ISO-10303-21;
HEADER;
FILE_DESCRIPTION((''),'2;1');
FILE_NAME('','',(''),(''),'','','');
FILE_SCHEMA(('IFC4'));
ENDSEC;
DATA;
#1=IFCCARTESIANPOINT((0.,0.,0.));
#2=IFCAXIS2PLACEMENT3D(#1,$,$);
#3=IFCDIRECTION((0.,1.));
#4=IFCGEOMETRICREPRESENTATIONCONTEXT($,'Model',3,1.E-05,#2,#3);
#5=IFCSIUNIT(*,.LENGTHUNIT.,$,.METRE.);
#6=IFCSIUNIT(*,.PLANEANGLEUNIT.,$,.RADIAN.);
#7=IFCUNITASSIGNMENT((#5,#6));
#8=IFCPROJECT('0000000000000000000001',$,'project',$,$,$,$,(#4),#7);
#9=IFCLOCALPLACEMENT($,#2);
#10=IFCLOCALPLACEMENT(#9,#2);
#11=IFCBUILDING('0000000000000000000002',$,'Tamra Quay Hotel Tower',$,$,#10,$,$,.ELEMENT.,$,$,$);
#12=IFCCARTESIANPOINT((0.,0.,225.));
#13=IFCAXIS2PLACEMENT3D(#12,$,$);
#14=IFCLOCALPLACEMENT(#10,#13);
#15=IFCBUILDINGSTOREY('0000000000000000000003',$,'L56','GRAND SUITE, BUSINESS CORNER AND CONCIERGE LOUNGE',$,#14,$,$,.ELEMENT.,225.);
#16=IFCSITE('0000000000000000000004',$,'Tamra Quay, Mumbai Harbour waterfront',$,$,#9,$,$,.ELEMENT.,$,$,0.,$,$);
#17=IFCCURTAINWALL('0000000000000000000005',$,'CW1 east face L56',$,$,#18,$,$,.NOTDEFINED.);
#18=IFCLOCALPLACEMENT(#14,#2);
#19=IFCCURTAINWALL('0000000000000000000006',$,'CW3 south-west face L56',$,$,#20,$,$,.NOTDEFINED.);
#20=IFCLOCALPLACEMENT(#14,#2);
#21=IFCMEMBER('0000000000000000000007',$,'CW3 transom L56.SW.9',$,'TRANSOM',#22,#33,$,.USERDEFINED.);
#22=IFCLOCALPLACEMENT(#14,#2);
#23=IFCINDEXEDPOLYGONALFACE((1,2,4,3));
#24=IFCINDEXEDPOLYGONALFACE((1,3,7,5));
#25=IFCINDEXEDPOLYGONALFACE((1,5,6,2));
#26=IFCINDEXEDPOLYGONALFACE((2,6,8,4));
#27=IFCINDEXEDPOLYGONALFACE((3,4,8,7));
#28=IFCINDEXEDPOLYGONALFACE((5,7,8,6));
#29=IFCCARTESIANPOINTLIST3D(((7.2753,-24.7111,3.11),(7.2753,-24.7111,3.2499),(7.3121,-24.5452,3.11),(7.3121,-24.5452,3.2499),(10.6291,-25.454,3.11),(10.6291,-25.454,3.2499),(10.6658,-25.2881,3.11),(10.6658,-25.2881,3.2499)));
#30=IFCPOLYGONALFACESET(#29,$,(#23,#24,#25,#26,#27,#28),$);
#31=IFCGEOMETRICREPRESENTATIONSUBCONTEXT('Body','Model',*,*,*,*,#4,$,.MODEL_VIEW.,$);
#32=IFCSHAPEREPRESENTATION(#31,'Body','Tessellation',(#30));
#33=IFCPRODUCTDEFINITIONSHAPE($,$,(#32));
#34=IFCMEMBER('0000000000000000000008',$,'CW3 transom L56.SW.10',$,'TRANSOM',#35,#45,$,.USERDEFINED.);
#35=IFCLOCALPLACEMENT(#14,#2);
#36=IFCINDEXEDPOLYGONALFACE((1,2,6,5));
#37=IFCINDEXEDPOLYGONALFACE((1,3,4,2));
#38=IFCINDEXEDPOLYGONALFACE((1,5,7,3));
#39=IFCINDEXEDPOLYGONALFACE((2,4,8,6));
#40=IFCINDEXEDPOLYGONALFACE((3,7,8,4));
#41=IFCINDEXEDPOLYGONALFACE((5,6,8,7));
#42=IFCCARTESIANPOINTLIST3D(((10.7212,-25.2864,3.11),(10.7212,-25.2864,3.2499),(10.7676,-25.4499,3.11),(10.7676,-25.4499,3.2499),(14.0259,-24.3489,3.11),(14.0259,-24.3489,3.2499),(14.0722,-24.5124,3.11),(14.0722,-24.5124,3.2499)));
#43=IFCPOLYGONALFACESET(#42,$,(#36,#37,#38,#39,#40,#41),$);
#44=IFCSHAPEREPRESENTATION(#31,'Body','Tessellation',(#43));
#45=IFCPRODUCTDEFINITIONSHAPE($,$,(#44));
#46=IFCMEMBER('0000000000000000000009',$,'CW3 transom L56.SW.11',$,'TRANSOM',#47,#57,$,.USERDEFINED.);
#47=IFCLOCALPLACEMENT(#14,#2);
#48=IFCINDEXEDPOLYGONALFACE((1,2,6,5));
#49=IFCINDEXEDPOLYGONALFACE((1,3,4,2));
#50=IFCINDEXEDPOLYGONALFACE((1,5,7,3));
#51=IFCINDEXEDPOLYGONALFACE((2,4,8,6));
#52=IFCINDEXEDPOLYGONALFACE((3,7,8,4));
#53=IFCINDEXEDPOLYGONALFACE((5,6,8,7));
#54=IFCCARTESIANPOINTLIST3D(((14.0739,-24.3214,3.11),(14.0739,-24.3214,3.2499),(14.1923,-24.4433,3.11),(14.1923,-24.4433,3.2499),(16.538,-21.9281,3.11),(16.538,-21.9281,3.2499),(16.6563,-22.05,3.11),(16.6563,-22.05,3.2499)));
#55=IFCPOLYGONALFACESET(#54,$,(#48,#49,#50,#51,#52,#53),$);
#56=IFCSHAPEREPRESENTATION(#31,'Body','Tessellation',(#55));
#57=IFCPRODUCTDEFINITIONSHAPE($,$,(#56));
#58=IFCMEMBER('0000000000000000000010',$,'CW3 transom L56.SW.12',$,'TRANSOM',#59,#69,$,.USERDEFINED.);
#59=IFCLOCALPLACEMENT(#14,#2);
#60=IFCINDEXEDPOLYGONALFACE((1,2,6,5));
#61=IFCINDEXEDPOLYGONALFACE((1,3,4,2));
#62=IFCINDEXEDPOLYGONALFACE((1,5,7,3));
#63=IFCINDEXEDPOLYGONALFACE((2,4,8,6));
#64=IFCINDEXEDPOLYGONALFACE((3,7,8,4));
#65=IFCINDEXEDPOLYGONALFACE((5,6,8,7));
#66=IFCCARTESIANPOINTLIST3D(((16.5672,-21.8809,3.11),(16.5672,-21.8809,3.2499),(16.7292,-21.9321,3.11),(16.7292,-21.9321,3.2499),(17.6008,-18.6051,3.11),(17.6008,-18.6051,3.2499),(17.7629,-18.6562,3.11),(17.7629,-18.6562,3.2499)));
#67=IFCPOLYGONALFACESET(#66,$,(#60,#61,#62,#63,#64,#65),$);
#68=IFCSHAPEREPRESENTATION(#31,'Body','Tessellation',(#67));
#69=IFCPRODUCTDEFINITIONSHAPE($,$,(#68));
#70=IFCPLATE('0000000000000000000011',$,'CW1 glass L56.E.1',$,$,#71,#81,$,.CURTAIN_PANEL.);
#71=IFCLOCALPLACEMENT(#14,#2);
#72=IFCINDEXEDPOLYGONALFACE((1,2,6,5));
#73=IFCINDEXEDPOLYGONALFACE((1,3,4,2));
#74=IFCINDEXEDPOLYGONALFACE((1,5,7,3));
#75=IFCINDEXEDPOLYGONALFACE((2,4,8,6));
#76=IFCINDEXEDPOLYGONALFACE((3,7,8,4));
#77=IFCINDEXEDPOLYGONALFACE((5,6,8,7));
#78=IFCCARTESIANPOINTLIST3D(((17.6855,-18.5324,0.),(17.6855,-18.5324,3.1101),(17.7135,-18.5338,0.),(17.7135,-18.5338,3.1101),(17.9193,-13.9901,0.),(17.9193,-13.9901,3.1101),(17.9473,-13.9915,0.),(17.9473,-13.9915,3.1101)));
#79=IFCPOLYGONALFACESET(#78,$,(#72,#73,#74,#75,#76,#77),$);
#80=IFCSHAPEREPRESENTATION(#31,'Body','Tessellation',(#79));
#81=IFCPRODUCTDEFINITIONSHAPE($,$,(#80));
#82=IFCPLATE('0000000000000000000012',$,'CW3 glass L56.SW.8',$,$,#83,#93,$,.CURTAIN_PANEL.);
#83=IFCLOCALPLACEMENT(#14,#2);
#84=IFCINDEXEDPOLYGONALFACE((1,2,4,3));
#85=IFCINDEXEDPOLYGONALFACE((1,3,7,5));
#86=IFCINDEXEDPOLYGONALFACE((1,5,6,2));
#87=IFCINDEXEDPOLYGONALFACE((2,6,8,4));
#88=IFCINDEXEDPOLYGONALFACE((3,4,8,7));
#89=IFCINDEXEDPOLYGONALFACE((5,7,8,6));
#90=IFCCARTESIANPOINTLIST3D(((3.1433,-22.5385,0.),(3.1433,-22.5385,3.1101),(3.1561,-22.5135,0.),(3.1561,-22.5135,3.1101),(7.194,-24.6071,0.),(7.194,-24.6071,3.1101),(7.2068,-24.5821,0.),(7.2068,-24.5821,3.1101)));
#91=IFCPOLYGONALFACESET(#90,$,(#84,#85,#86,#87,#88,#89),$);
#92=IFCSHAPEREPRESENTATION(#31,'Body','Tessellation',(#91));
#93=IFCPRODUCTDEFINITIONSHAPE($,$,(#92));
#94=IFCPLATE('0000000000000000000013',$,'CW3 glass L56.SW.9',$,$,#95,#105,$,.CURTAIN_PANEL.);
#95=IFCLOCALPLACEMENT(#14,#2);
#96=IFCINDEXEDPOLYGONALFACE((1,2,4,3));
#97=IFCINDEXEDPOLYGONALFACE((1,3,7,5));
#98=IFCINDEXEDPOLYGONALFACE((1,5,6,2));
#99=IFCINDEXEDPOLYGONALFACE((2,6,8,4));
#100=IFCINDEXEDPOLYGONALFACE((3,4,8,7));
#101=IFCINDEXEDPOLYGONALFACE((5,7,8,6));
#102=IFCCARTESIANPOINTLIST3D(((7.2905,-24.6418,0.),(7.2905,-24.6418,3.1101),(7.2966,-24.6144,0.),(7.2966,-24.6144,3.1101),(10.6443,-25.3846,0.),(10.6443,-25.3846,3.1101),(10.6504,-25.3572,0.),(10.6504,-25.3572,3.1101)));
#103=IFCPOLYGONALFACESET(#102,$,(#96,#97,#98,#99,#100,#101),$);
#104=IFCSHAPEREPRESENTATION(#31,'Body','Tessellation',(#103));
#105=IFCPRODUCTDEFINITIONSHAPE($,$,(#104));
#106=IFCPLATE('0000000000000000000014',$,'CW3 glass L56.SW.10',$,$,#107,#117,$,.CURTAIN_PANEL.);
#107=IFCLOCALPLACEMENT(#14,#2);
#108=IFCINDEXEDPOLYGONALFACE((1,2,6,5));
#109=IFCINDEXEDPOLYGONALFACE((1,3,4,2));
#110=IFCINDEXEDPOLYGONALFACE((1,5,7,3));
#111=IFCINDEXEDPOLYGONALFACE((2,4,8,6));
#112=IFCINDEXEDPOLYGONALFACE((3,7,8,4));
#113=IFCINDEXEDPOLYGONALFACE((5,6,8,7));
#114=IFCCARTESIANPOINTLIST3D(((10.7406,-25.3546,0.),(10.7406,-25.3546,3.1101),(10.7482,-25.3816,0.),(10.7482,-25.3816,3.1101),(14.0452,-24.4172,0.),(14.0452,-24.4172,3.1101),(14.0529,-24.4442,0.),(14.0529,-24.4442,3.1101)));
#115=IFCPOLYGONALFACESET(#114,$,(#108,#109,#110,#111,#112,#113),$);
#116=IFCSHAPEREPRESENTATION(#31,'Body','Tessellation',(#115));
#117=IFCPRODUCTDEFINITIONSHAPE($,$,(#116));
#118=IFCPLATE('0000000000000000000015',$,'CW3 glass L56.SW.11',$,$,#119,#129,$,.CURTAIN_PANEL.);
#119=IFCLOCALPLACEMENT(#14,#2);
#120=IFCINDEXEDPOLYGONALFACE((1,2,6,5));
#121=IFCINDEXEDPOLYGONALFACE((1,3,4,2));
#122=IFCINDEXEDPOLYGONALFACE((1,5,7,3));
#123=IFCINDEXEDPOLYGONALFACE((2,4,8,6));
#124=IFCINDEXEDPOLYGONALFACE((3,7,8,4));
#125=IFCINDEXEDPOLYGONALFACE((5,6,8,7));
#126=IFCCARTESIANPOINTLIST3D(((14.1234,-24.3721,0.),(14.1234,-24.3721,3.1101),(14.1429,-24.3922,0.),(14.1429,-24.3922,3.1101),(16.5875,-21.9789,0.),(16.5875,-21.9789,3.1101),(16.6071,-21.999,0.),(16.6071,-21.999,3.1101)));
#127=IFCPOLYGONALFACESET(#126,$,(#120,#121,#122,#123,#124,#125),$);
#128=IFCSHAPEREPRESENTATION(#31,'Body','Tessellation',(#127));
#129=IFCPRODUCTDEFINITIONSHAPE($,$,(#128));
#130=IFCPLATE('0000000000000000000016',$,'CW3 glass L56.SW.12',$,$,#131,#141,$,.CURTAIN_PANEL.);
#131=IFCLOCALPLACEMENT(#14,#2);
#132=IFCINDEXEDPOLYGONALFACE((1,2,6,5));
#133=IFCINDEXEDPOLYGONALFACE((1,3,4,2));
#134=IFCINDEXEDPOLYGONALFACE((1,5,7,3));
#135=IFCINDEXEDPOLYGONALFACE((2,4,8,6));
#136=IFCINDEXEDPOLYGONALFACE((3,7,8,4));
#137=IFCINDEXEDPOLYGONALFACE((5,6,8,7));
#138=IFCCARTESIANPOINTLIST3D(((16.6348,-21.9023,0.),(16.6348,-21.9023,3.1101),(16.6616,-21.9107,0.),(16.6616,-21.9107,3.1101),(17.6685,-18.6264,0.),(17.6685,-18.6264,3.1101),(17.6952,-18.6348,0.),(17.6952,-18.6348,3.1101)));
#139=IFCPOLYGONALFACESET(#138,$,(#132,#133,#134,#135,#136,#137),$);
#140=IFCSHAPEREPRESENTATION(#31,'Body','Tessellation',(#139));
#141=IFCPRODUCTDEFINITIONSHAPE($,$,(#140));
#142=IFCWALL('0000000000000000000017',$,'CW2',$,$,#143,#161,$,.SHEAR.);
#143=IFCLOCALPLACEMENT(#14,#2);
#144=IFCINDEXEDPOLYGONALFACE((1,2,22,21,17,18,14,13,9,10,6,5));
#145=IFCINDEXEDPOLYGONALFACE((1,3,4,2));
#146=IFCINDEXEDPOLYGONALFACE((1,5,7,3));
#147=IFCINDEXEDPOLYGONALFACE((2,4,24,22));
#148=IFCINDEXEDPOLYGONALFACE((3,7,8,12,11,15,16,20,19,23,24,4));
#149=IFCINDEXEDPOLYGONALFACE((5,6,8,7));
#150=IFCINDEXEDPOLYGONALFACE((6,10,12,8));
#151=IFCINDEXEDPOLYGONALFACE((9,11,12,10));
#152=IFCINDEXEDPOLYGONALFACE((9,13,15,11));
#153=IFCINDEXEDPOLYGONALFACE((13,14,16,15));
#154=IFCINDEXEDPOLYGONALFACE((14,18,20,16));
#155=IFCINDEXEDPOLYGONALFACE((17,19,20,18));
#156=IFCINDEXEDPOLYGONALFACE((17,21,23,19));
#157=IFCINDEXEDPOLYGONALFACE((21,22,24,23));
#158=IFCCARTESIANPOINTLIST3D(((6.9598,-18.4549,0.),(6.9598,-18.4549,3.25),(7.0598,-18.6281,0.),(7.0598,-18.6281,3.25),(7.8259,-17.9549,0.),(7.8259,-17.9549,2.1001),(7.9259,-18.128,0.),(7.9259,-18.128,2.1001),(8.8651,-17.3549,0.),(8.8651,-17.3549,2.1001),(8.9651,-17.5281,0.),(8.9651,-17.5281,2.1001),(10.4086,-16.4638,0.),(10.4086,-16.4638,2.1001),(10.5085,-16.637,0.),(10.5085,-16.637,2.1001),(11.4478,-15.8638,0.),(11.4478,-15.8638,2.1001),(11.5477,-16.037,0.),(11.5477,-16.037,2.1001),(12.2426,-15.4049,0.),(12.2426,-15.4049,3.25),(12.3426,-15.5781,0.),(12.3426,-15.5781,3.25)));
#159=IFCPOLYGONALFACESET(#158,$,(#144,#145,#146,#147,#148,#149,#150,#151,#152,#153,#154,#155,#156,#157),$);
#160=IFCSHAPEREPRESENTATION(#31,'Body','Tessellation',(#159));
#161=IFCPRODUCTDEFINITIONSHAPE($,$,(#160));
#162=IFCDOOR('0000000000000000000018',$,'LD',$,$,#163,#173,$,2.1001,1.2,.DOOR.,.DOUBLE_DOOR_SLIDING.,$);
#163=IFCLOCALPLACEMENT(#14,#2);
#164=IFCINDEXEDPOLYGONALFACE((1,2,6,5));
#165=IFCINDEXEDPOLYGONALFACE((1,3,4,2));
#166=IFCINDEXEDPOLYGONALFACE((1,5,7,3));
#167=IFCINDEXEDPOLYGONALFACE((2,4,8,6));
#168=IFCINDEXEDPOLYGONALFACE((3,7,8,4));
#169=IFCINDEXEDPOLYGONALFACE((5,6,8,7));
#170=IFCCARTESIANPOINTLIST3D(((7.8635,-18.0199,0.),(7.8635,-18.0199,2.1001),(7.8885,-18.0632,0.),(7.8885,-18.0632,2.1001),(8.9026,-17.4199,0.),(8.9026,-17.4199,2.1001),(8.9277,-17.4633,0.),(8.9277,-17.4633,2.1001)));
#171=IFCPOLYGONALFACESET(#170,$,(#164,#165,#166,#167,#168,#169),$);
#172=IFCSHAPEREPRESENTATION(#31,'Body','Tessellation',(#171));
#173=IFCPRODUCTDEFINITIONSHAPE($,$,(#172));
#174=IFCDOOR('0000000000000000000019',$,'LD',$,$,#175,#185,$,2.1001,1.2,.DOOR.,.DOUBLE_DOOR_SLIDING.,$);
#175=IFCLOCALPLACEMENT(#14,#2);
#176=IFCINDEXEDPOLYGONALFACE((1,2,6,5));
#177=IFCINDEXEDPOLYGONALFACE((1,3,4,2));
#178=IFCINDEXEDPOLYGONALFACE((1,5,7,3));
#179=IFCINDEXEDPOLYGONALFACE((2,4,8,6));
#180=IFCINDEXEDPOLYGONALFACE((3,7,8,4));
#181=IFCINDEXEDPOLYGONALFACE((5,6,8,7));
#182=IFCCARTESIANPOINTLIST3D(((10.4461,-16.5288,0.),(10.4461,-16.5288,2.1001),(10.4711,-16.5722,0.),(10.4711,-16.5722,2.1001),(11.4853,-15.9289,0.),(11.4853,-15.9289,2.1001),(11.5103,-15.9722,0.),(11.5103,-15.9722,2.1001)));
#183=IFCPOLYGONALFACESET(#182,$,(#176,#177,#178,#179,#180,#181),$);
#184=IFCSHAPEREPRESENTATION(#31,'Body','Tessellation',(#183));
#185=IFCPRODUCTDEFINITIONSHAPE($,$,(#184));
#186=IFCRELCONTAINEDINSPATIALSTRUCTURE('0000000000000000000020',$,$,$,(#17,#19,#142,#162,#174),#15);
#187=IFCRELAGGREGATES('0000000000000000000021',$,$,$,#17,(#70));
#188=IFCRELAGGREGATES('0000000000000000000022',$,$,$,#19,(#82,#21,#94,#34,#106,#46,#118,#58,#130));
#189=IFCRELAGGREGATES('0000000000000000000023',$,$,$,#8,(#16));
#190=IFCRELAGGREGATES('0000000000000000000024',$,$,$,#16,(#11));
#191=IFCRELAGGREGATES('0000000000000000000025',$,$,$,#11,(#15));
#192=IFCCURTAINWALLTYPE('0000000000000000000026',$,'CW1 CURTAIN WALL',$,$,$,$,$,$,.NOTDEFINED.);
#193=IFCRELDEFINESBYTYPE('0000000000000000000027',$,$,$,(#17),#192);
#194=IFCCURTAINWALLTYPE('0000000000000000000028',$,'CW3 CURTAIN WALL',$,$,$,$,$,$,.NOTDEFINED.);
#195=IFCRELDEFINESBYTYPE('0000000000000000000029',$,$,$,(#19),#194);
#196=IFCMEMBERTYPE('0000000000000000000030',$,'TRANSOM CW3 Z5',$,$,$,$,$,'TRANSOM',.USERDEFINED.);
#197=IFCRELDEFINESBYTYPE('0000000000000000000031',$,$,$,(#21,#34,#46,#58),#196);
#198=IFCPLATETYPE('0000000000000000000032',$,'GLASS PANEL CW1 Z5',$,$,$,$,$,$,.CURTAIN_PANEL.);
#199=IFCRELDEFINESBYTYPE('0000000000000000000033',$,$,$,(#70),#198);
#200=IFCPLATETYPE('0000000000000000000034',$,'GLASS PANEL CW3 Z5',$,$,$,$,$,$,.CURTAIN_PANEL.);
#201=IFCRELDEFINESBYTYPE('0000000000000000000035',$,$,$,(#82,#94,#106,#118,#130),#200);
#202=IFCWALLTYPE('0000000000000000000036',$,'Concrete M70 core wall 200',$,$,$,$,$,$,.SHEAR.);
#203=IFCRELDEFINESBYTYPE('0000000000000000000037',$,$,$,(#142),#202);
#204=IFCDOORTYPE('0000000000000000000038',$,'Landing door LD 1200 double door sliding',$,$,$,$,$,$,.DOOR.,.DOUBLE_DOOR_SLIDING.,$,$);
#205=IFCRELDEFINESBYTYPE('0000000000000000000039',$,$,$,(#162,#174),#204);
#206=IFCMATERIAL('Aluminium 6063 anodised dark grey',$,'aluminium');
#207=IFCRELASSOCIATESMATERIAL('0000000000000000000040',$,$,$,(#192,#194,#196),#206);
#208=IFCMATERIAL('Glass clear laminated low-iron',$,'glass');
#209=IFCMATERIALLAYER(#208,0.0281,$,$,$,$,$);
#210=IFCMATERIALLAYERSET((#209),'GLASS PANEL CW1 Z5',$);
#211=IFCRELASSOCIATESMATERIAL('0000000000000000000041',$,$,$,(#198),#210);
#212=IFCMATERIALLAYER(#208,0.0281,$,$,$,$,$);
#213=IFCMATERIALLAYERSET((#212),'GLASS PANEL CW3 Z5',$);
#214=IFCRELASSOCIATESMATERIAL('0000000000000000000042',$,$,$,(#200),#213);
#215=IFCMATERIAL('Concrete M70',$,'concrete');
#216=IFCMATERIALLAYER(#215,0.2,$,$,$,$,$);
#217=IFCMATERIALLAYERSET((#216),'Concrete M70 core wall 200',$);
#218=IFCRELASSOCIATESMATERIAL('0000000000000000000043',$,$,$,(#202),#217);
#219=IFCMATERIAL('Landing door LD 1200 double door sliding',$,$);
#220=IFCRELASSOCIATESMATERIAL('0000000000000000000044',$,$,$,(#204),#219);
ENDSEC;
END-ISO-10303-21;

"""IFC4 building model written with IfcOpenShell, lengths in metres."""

from ifc_helpers import new_model, si_unit, direction, frame, frame_2d, origin, origin_2d, place, context, subcontext, project, spatial, rectangle, extrude, material, layer, layer_set, material_profile, profile_set, type_object, element, fill, aggregate, save


model = new_model("IFC4")

# Units and contexts
model_context = context("Model", 3, precision=1e-05, world=origin(), true_north=direction((0.0, 1.0)))
body_context = subcontext(model_context, "Body", "Model", "MODEL_VIEW")
ifc_project = project(units=[si_unit("LENGTHUNIT", "METRE"), si_unit("PLANEANGLEUNIT", "RADIAN")], contexts=[model_context])

# Site, building, storey
site_placement = place(None, origin())
site = spatial("IfcSite", under=ifc_project, at=site_placement, Name="Tamra Quay, Mumbai Harbour waterfront", CompositionType="ELEMENT", RefElevation=0.0)
building_placement = place(site_placement, origin())
building = spatial("IfcBuilding", under=site, at=building_placement, Name="Tamra Quay Hotel Tower", CompositionType="ELEMENT")
storey_placement = place(building_placement, frame((0.0, 0.0, 225.0)))
storey = spatial("IfcBuildingStorey", under=building, at=storey_placement, Name="L56", Description="GRAND SUITE, BUSINESS CORNER AND CONCIERGE LOUNGE", CompositionType="ELEMENT", Elevation=225.0)

# Shared definitions
ifc_material_1 = material(Name="Concrete M70", Category="concrete")

# Curtain wall
ifc_material_2 = material(Name="Aluminium 6063 anodised dark grey", Category="aluminium")
curtain_wall_type_1 = type_object("IfcCurtainWallType", Name="CW1 CURTAIN WALL", PredefinedType="NOTDEFINED", material=ifc_material_2)
curtain_wall_1_placement = place(storey_placement, origin())
curtain_wall_1 = element("IfcCurtainWall", 1, at=curtain_wall_1_placement, inside=storey, type_object=curtain_wall_type_1, Name="CW1 east face L56", PredefinedType="NOTDEFINED")

# Curtain wall
curtain_wall_type_2 = type_object("IfcCurtainWallType", Name="CW3 CURTAIN WALL", PredefinedType="NOTDEFINED", material=ifc_material_2)
curtain_wall_2_placement = place(storey_placement, origin())
curtain_wall_2 = element("IfcCurtainWall", 2, at=curtain_wall_2_placement, inside=storey, type_object=curtain_wall_type_2, Name="CW3 south-west face L56", PredefinedType="NOTDEFINED")

# Members
ifc_material_profile_1 = material_profile(ifc_material_2, rectangle(XDim=0.1699, YDim=0.1399, at=origin_2d()), Name="TRANSOM 170X140")
ifc_profile_set_1 = profile_set([ifc_material_profile_1], Name="Aluminium 6063 anodised dark grey")
member_type_1 = type_object("IfcMemberType", Name="TRANSOM CW3 Z5", ElementType="TRANSOM", PredefinedType="USERDEFINED", material=ifc_profile_set_1)
member_1_placement = place(storey_placement, frame((7.2937, -24.6282, 3.1799), z_axis=(0.976332, -0.216276, 0.0), x_axis=(0.216276, 0.976332, 0.0)))
member_1 = element("IfcMember", 3, at=member_1_placement, type_object=member_type_1, Name="CW3 transom L56.SW.9", ObjectType="TRANSOM", PredefinedType="USERDEFINED", context=body_context, shape_type="SweptSolid", body=[
    extrude(rectangle(XDim=0.1699, YDim=0.1399, at=origin_2d()), origin(), (0.0, 0.0, 1.0), 3.4351),
])
member_2_placement = place(storey_placement, frame((10.7444, -25.3682, 3.1799), z_axis=(0.962037, 0.272918, 0.0), x_axis=(-0.272918, 0.962037, 0.0)))
member_2 = element("IfcMember", 4, at=member_2_placement, type_object=member_type_1, Name="CW3 transom L56.SW.10", ObjectType="TRANSOM", PredefinedType="USERDEFINED", context=body_context, shape_type="SweptSolid", body=[
    extrude(rectangle(XDim=0.1699, YDim=0.1399, at=origin_2d()), origin(), (0.0, 0.0, 1.0), 3.4351),
])
member_3_placement = place(storey_placement, frame((14.1331, -24.3823, 3.1799), z_axis=(0.717337, 0.696726, 0.0), x_axis=(-0.696726, 0.717337, 0.0)))
member_3 = element("IfcMember", 5, at=member_3_placement, type_object=member_type_1, Name="CW3 transom L56.SW.11", ObjectType="TRANSOM", PredefinedType="USERDEFINED", context=body_context, shape_type="SweptSolid", body=[
    extrude(rectangle(XDim=0.1699, YDim=0.1399, at=origin_2d()), origin(), (0.0, 0.0, 1.0), 3.4351),
])
member_4_placement = place(storey_placement, frame((16.6482, -21.9065, 3.1799), z_axis=(0.30092, 0.953649, 0.0), x_axis=(-0.953649, 0.30092, 0.0)))
member_4 = element("IfcMember", 6, at=member_4_placement, type_object=member_type_1, Name="CW3 transom L56.SW.12", ObjectType="TRANSOM", PredefinedType="USERDEFINED", context=body_context, shape_type="SweptSolid", body=[
    extrude(rectangle(XDim=0.1699, YDim=0.1399, at=origin_2d()), origin(), (0.0, 0.0, 1.0), 3.4351),
])

# Plates
ifc_material_3 = material(Name="Glass clear laminated low-iron", Category="glass")
ifc_layer_1 = layer(ifc_material_3, 0.0281)
ifc_layer_set_1 = layer_set([ifc_layer_1], Name="GLASS PANEL CW1 Z5")
plate_type_1 = type_object("IfcPlateType", Name="GLASS PANEL CW1 Z5", PredefinedType="CURTAIN_PANEL", material=ifc_layer_set_1)
plate_1_placement = place(storey_placement, frame((17.8164, -16.262, 0.0), z_axis=(0.0, 0.0, 1.0), x_axis=(0.051403, 0.998678, 0.0)))
plate_1 = element("IfcPlate", 7, at=plate_1_placement, type_object=plate_type_1, Name="CW1 glass L56.E.1", PredefinedType="CURTAIN_PANEL", context=body_context, shape_type="SweptSolid", body=[
    extrude(rectangle(XDim=4.5483, YDim=0.0281, at=origin_2d()), origin(), (0.0, 0.0, 1.0), 3.1101),
])
aggregate(curtain_wall_1, [plate_1])
ifc_layer_2 = layer(ifc_material_3, 0.0281)
ifc_layer_set_2 = layer_set([ifc_layer_2], Name="GLASS PANEL CW3 Z5")
plate_type_2 = type_object("IfcPlateType", Name="GLASS PANEL CW3 Z5", PredefinedType="CURTAIN_PANEL", material=ifc_layer_set_2)
plate_2_placement = place(storey_placement, frame((5.175, -23.5603, 0.0), z_axis=(0.0, 0.0, 1.0), x_axis=(0.890582, -0.454822, 0.0)))
plate_2 = element("IfcPlate", 8, at=plate_2_placement, type_object=plate_type_2, Name="CW3 glass L56.SW.8", PredefinedType="CURTAIN_PANEL", context=body_context, shape_type="SweptSolid", body=[
    extrude(rectangle(XDim=4.5483, YDim=0.0281, at=origin_2d()), origin(), (0.0, 0.0, 1.0), 3.1101),
])
plate_3_placement = place(storey_placement, frame((8.9705, -24.9995, 0.0), z_axis=(0.0, 0.0, 1.0), x_axis=(0.976341, -0.216238, 0.0)))
plate_3 = element("IfcPlate", 9, at=plate_3_placement, type_object=plate_type_2, Name="CW3 glass L56.SW.9", PredefinedType="CURTAIN_PANEL", context=body_context, shape_type="SweptSolid", body=[
    extrude(rectangle(XDim=3.4351, YDim=0.0281, at=origin_2d()), origin(), (0.0, 0.0, 1.0), 3.1101),
])
plate_4_placement = place(storey_placement, frame((12.3967, -24.8994, 0.0), z_axis=(0.0, 0.0, 1.0), x_axis=(0.962041, 0.272906, 0.0)))
plate_4 = element("IfcPlate", 10, at=plate_4_placement, type_object=plate_type_2, Name="CW3 glass L56.SW.10", PredefinedType="CURTAIN_PANEL", context=body_context, shape_type="SweptSolid", body=[
    extrude(rectangle(XDim=3.4351, YDim=0.0281, at=origin_2d()), origin(), (0.0, 0.0, 1.0), 3.1101),
])
plate_5_placement = place(storey_placement, frame((15.3652, -23.1855, 0.0), z_axis=(0.0, 0.0, 1.0), x_axis=(0.717364, 0.696698, 0.0)))
plate_5 = element("IfcPlate", 11, at=plate_5_placement, type_object=plate_type_2, Name="CW3 glass L56.SW.11", PredefinedType="CURTAIN_PANEL", context=body_context, shape_type="SweptSolid", body=[
    extrude(rectangle(XDim=3.4351, YDim=0.0281, at=origin_2d()), origin(), (0.0, 0.0, 1.0), 3.1101),
])
plate_6_placement = place(storey_placement, frame((17.165, -20.2686, 0.0), z_axis=(0.0, 0.0, 1.0), x_axis=(0.300903, 0.953655, 0.0)))
plate_6 = element("IfcPlate", 12, at=plate_6_placement, type_object=plate_type_2, Name="CW3 glass L56.SW.12", PredefinedType="CURTAIN_PANEL", context=body_context, shape_type="SweptSolid", body=[
    extrude(rectangle(XDim=3.4351, YDim=0.0281, at=origin_2d()), origin(), (0.0, 0.0, 1.0), 3.1101),
])
aggregate(curtain_wall_2, [plate_2, member_1, plate_3, member_2, plate_4, member_3, plate_5, member_4, plate_6])

# Wall, openings, doors
ifc_layer_3 = layer(ifc_material_1, 0.2)
ifc_layer_set_3 = layer_set([ifc_layer_3], Name="Concrete M70 core wall 200")
wall_type_1 = type_object("IfcWallType", Name="Concrete M70 core wall 200", PredefinedType="SHEAR", material=ifc_layer_set_3)
wall_1_placement = place(storey_placement, frame((7.0098, -18.5415, 0.0), z_axis=(0.0, 0.0, 1.0), x_axis=(0.86603, 0.499992, 0.0)))
wall_1 = element("IfcWall", 13, at=wall_1_placement, inside=storey, type_object=wall_type_1, Name="CW2", PredefinedType="SHEAR", context=body_context, shape_type="SweptSolid", body=[
    extrude(rectangle(XDim=6.1001, YDim=0.2, at=frame_2d((3.05, 0.0))), origin(), (0.0, 0.0, 1.0), 3.25),
])
opening_1_placement = place(wall_1_placement, frame((1.0, 0.0, 0.0)))
opening_1 = element("IfcOpeningElement", 14, at=opening_1_placement, cuts=wall_1, PredefinedType="OPENING", context=body_context, shape_type="SweptSolid", body=[
    extrude(rectangle(XDim=1.2, YDim=2.1001, at=frame_2d((0.6001, 1.05))), frame((0.0, 0.1099, 0.0), z_axis=(0.0, -1.0, 0.0), x_axis=(1.0, 0.0, 0.0)), (0.0, 0.0, 1.0), 0.22),
])
opening_2_placement = place(wall_1_placement, frame((3.9822, 0.0, 0.0)))
opening_2 = element("IfcOpeningElement", 15, at=opening_2_placement, cuts=wall_1, PredefinedType="OPENING", context=body_context, shape_type="SweptSolid", body=[
    extrude(rectangle(XDim=1.2, YDim=2.1001, at=frame_2d((0.6001, 1.05))), frame((0.0, 0.1099, 0.0), z_axis=(0.0, -1.0, 0.0), x_axis=(1.0, 0.0, 0.0)), (0.0, 0.0, 1.0), 0.22),
])
ifc_material_4 = material(Name="Landing door LD 1200 double door sliding")
door_type_1 = type_object("IfcDoorType", Name="Landing door LD 1200 double door sliding", OperationType="DOUBLE_DOOR_SLIDING", PredefinedType="DOOR", material=ifc_material_4)
door_1_placement = place(opening_1_placement, origin())
door_1 = element("IfcDoor", 16, at=door_1_placement, inside=storey, type_object=door_type_1, Name="LD", OperationType="DOUBLE_DOOR_SLIDING", OverallHeight=2.1001, OverallWidth=1.2, PredefinedType="DOOR", context=body_context, shape_type="SweptSolid", body=[
    extrude(rectangle(XDim=1.2, YDim=2.1001, at=frame_2d((0.6001, 1.05))), frame((0.0, 0.0249, 0.0), z_axis=(0.0, -1.0, 0.0), x_axis=(1.0, 0.0, 0.0)), (0.0, 0.0, 1.0), 0.05),
])
fill(opening_1, door_1)
door_2_placement = place(opening_2_placement, origin())
door_2 = element("IfcDoor", 17, at=door_2_placement, inside=storey, type_object=door_type_1, Name="LD", OperationType="DOUBLE_DOOR_SLIDING", OverallHeight=2.1001, OverallWidth=1.2, PredefinedType="DOOR", context=body_context, shape_type="SweptSolid", body=[
    extrude(rectangle(XDim=1.2, YDim=2.1001, at=frame_2d((0.6001, 1.05))), frame((0.0, 0.0249, 0.0), z_axis=(0.0, -1.0, 0.0), x_axis=(1.0, 0.0, 0.0)), (0.0, 0.0, 1.0), 0.05),
])
fill(opening_2, door_2)

save(model, "model.ifc")
